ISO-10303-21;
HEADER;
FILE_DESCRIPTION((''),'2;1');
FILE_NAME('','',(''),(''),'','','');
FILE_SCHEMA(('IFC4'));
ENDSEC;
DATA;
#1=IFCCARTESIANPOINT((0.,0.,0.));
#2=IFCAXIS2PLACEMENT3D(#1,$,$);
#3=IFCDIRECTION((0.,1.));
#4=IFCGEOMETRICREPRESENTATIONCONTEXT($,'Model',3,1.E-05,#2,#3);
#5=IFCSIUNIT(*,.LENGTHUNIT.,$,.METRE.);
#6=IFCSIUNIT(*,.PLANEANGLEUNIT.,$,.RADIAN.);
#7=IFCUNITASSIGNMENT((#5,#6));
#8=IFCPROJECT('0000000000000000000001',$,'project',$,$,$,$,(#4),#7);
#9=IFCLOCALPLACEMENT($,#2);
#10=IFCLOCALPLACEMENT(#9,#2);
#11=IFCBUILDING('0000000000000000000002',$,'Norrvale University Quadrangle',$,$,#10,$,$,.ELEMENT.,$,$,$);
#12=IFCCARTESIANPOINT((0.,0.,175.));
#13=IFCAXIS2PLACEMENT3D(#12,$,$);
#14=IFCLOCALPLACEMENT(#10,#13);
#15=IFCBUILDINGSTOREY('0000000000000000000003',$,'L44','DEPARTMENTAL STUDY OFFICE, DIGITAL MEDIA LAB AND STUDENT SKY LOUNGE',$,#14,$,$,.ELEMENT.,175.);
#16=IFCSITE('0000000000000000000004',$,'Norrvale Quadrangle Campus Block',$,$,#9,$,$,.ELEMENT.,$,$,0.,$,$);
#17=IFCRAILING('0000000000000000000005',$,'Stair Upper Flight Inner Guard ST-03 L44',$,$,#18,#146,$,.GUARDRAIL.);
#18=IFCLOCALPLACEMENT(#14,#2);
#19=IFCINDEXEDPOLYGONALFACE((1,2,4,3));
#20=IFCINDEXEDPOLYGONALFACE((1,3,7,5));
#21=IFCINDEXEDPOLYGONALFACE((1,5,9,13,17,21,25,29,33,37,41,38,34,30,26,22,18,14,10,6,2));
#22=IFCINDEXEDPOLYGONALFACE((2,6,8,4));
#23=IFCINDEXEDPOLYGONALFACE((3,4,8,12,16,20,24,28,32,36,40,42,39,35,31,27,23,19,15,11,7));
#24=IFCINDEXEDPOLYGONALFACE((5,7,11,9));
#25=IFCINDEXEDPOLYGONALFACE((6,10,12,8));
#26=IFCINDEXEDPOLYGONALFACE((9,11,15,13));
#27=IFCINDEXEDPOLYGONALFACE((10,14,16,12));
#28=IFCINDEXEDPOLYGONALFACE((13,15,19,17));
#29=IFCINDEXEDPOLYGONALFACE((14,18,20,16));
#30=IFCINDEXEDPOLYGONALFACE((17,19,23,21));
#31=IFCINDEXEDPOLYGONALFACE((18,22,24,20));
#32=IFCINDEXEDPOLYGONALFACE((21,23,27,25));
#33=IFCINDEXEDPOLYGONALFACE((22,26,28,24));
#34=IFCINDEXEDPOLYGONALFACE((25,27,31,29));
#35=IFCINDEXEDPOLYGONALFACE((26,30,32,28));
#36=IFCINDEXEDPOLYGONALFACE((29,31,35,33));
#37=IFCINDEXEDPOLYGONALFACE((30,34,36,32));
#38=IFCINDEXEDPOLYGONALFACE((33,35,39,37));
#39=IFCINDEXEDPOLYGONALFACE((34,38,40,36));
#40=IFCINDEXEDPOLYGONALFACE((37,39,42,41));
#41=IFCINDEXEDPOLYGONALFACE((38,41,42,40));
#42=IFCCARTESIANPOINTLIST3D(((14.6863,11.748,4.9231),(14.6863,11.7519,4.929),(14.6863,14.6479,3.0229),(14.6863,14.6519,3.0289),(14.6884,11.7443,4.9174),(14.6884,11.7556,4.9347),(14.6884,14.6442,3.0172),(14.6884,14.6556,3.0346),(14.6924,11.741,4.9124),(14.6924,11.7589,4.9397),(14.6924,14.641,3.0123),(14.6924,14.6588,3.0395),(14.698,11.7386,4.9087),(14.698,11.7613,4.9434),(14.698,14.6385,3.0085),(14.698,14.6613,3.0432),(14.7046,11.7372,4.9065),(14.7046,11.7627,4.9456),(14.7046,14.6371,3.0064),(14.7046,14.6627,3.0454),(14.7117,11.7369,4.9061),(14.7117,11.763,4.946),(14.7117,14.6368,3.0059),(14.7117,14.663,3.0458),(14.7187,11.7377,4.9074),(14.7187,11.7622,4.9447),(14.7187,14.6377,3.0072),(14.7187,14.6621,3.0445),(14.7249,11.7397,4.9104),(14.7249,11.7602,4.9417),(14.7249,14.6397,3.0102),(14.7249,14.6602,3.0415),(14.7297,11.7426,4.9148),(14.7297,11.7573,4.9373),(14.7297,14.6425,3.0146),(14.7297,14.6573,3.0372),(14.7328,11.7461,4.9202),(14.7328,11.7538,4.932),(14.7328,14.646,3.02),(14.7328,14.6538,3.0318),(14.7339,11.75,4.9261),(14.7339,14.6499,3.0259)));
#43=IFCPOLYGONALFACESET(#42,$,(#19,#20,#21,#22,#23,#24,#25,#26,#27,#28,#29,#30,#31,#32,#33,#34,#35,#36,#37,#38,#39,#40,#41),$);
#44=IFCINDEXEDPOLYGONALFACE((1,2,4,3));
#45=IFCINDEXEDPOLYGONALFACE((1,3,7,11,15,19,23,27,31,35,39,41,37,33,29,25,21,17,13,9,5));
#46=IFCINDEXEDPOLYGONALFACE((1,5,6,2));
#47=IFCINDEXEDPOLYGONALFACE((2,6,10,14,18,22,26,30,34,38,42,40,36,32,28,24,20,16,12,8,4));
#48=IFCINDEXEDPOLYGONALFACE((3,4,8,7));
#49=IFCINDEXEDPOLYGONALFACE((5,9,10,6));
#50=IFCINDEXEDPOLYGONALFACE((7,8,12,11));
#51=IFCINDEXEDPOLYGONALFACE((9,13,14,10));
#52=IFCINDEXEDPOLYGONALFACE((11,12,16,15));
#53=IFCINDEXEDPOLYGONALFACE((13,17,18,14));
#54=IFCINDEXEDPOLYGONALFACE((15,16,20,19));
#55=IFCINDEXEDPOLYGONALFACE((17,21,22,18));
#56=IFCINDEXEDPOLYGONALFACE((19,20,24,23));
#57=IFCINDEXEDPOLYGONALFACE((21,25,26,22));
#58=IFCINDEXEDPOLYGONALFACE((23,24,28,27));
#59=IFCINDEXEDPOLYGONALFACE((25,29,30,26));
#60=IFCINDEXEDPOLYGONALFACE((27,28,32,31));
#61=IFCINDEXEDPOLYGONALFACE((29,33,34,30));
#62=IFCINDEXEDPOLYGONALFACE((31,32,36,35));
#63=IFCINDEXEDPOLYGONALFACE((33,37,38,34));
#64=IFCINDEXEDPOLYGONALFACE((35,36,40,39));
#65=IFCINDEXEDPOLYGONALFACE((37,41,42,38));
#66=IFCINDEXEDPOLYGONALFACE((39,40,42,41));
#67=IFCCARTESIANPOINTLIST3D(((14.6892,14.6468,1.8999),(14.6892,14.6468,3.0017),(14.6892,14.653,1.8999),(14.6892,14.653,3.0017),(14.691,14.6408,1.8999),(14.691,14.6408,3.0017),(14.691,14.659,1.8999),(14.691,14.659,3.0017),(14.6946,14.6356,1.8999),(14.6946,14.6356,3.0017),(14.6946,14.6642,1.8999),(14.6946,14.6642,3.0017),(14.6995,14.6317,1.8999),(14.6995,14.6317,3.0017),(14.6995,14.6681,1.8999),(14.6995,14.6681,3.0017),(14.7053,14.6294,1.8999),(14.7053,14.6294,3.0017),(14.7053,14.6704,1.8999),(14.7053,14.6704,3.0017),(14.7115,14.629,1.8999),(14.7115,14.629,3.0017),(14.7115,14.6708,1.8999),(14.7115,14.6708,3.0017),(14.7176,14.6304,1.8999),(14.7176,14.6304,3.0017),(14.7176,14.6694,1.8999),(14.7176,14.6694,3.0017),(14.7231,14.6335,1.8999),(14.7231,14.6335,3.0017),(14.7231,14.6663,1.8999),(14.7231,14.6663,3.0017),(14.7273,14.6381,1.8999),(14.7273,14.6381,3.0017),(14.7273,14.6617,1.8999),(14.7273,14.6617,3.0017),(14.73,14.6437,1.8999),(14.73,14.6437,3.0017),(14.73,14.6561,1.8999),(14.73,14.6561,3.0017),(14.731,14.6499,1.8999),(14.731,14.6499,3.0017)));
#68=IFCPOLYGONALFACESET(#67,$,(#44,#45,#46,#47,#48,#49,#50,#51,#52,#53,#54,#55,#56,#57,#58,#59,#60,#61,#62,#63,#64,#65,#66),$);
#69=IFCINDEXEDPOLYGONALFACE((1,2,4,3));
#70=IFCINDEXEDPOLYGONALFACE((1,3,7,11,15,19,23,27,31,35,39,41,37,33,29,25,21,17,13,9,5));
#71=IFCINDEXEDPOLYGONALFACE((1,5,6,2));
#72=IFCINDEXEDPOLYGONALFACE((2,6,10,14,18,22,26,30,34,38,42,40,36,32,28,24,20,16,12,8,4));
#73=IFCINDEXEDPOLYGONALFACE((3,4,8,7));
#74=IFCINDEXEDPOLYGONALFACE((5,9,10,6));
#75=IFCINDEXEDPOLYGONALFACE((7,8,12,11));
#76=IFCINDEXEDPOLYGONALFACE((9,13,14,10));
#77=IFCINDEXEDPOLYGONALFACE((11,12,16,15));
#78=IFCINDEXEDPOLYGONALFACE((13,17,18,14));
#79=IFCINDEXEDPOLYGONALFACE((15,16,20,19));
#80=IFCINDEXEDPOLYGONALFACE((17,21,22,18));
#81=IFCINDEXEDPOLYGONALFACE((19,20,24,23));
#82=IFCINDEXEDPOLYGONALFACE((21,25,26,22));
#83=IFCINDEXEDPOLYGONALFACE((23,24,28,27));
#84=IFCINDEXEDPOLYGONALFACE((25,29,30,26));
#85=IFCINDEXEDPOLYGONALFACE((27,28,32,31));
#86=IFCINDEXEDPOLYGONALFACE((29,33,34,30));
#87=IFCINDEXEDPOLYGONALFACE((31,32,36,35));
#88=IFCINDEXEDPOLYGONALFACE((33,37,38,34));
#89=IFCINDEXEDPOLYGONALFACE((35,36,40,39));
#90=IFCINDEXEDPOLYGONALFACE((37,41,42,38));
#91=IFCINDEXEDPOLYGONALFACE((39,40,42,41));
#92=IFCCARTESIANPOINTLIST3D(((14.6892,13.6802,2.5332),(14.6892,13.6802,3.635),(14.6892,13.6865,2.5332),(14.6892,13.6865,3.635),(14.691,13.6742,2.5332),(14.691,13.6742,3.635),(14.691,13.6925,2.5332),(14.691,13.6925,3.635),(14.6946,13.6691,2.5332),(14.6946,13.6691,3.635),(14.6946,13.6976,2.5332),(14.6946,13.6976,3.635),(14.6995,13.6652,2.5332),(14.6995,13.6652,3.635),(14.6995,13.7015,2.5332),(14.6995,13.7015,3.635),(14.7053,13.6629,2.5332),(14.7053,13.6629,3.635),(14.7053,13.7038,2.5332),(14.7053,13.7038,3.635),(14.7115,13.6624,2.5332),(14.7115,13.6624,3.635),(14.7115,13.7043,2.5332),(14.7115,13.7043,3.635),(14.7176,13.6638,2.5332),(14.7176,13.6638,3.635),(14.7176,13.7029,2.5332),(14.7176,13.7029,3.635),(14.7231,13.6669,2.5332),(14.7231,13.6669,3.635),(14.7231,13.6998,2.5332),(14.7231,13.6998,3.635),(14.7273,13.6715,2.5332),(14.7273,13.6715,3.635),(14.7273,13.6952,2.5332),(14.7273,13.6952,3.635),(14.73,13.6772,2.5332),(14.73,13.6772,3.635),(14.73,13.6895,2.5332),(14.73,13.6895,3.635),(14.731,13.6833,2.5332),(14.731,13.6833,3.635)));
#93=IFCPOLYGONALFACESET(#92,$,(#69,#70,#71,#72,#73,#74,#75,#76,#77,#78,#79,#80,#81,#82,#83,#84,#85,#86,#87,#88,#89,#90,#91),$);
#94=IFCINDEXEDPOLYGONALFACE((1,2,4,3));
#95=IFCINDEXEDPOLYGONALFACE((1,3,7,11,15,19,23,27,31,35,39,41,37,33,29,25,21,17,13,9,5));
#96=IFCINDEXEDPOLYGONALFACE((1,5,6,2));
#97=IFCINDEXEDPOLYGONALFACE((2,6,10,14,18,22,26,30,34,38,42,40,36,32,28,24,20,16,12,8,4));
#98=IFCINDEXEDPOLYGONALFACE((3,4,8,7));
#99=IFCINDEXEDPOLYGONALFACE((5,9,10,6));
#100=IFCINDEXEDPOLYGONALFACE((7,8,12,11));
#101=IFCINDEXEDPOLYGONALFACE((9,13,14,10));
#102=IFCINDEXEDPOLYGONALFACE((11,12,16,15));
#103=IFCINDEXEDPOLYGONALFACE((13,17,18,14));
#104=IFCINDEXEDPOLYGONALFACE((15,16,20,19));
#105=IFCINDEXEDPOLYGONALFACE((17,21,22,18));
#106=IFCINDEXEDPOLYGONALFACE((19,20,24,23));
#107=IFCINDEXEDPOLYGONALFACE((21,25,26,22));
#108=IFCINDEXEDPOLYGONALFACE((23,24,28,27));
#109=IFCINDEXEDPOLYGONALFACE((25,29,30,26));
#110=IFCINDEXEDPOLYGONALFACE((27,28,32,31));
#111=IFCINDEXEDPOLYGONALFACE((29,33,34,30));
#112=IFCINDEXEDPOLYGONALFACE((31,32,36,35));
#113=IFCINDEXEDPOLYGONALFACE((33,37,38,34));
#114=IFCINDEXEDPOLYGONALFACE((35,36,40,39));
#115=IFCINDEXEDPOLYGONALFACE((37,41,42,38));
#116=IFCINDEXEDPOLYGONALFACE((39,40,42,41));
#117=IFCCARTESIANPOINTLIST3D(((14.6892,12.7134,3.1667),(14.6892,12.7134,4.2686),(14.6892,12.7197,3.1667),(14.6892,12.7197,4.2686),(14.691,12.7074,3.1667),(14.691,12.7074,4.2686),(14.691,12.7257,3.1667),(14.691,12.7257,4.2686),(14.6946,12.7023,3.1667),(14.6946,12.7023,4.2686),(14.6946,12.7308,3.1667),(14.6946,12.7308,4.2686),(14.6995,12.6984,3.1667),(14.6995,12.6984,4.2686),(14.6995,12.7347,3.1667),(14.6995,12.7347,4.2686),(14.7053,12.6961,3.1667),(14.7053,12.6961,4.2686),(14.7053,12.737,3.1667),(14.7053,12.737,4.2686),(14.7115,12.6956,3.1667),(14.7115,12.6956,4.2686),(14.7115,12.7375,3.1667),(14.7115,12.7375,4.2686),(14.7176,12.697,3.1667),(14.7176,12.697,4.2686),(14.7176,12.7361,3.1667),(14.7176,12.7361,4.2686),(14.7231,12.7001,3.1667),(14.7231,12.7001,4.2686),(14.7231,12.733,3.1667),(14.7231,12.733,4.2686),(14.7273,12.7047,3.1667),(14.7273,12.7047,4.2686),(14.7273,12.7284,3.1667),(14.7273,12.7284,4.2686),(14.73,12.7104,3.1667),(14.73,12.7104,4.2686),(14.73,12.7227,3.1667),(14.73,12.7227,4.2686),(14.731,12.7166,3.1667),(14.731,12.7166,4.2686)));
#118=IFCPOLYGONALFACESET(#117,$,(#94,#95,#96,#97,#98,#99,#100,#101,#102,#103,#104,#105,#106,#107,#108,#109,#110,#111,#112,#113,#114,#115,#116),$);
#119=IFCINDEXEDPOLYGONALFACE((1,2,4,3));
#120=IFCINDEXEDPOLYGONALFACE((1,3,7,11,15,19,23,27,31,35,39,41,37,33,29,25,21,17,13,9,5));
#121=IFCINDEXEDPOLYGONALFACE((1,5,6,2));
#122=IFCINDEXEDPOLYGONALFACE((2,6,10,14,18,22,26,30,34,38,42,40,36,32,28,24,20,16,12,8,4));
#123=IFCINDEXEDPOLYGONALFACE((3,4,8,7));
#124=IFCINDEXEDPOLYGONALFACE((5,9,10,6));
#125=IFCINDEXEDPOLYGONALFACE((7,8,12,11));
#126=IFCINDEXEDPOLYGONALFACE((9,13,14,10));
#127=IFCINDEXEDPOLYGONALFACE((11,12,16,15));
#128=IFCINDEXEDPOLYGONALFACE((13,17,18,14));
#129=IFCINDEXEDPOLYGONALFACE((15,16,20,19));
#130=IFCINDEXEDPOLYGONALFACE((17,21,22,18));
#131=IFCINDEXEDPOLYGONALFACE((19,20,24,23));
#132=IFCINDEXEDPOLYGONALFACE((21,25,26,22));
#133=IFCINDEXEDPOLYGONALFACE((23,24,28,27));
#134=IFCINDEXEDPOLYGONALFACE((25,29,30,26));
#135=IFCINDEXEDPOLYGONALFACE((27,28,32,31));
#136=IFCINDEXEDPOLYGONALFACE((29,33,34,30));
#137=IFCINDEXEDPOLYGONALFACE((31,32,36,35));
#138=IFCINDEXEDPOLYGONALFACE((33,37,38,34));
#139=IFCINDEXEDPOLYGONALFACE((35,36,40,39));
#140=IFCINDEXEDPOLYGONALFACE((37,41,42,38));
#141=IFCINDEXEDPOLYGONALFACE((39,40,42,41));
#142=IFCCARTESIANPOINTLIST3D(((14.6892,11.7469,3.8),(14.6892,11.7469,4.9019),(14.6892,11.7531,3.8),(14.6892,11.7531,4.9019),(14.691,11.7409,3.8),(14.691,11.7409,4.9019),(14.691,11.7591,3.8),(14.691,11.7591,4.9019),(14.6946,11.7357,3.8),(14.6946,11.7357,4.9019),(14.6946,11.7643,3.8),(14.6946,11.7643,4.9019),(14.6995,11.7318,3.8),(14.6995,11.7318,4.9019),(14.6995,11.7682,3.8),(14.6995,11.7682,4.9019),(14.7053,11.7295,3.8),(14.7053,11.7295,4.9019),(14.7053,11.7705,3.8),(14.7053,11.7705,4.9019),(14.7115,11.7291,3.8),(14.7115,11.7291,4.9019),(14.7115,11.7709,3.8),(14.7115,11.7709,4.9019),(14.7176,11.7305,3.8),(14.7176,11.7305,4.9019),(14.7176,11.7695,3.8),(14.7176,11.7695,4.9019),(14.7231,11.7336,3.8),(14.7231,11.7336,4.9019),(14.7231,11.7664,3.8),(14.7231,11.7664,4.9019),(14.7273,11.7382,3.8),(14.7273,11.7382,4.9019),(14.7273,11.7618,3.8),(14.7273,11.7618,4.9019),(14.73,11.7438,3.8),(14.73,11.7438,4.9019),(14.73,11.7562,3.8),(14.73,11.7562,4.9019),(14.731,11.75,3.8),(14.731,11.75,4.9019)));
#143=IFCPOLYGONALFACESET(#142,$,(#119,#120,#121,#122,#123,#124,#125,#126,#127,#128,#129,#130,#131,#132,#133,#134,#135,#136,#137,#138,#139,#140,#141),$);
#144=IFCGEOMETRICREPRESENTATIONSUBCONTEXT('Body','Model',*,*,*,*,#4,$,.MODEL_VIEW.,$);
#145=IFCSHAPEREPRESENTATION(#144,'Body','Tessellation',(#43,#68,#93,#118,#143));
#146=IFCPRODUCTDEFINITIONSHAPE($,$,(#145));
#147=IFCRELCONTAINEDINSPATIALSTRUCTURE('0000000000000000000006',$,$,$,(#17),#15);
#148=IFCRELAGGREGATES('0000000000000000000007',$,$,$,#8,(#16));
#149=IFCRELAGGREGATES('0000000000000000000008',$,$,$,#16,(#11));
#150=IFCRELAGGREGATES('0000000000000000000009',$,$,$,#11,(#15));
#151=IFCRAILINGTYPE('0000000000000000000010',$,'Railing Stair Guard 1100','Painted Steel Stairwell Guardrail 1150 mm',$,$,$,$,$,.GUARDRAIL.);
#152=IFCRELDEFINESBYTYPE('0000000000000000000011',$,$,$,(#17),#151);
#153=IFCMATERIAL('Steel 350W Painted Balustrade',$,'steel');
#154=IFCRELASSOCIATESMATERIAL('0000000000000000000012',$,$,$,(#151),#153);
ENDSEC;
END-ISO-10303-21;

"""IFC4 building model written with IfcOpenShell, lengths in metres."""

from ifc_helpers import new_model, si_unit, direction, frame, origin, origin_2d, place, context, subcontext, project, spatial, circle, extrude, material, type_object, element, save


model = new_model("IFC4")

# Units and contexts
model_context = context("Model", 3, precision=1e-05, world=origin(), true_north=direction((0.0, 1.0)))
body_context = subcontext(model_context, "Body", "Model", "MODEL_VIEW")
ifc_project = project(units=[si_unit("LENGTHUNIT", "METRE"), si_unit("PLANEANGLEUNIT", "RADIAN")], contexts=[model_context])

# Site, building, storey
site_placement = place(None, origin())
site = spatial("IfcSite", under=ifc_project, at=site_placement, Name="Norrvale Quadrangle Campus Block", CompositionType="ELEMENT", RefElevation=0.0)
building_placement = place(site_placement, origin())
building = spatial("IfcBuilding", under=site, at=building_placement, Name="Norrvale University Quadrangle", CompositionType="ELEMENT")
storey_placement = place(building_placement, frame((0.0, 0.0, 175.0)))
storey = spatial("IfcBuildingStorey", under=building, at=storey_placement, Name="L44", Description="DEPARTMENTAL STUDY OFFICE, DIGITAL MEDIA LAB AND STUDENT SKY LOUNGE", CompositionType="ELEMENT", Elevation=175.0)

# Railing
ifc_material_1 = material(Name="Steel 350W Painted Balustrade", Category="steel")
railing_type_1 = type_object("IfcRailingType", Name="Railing Stair Guard 1100", Description="Painted Steel Stairwell Guardrail 1150 mm", PredefinedType="GUARDRAIL", material=ifc_material_1)
railing_1_placement = place(storey_placement, frame((14.71, 14.6499, 1.8999)))
element("IfcRailing", 1, at=railing_1_placement, inside=storey, type_object=railing_type_1, Name="Stair Upper Flight Inner Guard ST-03 L44", PredefinedType="GUARDRAIL", context=body_context, shape_type="SweptSolid", body=[
    extrude(circle(Radius=0.0239, at=origin_2d()), frame((0.0, 0.0, 1.126), z_axis=(0.0, -0.836433, 0.548069), x_axis=(1.0, 0.0, 0.0)), (0.0, 0.0, 1.0), 3.467),
    extrude(circle(Radius=0.021, at=origin_2d()), origin(), (0.0, 0.0, 1.0), 1.1018),
    extrude(circle(Radius=0.021, at=origin_2d()), frame((0.0, -0.9666, 0.6333)), (0.0, 0.0, 1.0), 1.1018),
    extrude(circle(Radius=0.021, at=origin_2d()), frame((0.0, -1.9333, 1.2668)), (0.0, 0.0, 1.0), 1.1018),
    extrude(circle(Radius=0.021, at=origin_2d()), frame((0.0, -2.8999, 1.9001)), (0.0, 0.0, 1.0), 1.1018),
])

save(model, "model.ifc")
